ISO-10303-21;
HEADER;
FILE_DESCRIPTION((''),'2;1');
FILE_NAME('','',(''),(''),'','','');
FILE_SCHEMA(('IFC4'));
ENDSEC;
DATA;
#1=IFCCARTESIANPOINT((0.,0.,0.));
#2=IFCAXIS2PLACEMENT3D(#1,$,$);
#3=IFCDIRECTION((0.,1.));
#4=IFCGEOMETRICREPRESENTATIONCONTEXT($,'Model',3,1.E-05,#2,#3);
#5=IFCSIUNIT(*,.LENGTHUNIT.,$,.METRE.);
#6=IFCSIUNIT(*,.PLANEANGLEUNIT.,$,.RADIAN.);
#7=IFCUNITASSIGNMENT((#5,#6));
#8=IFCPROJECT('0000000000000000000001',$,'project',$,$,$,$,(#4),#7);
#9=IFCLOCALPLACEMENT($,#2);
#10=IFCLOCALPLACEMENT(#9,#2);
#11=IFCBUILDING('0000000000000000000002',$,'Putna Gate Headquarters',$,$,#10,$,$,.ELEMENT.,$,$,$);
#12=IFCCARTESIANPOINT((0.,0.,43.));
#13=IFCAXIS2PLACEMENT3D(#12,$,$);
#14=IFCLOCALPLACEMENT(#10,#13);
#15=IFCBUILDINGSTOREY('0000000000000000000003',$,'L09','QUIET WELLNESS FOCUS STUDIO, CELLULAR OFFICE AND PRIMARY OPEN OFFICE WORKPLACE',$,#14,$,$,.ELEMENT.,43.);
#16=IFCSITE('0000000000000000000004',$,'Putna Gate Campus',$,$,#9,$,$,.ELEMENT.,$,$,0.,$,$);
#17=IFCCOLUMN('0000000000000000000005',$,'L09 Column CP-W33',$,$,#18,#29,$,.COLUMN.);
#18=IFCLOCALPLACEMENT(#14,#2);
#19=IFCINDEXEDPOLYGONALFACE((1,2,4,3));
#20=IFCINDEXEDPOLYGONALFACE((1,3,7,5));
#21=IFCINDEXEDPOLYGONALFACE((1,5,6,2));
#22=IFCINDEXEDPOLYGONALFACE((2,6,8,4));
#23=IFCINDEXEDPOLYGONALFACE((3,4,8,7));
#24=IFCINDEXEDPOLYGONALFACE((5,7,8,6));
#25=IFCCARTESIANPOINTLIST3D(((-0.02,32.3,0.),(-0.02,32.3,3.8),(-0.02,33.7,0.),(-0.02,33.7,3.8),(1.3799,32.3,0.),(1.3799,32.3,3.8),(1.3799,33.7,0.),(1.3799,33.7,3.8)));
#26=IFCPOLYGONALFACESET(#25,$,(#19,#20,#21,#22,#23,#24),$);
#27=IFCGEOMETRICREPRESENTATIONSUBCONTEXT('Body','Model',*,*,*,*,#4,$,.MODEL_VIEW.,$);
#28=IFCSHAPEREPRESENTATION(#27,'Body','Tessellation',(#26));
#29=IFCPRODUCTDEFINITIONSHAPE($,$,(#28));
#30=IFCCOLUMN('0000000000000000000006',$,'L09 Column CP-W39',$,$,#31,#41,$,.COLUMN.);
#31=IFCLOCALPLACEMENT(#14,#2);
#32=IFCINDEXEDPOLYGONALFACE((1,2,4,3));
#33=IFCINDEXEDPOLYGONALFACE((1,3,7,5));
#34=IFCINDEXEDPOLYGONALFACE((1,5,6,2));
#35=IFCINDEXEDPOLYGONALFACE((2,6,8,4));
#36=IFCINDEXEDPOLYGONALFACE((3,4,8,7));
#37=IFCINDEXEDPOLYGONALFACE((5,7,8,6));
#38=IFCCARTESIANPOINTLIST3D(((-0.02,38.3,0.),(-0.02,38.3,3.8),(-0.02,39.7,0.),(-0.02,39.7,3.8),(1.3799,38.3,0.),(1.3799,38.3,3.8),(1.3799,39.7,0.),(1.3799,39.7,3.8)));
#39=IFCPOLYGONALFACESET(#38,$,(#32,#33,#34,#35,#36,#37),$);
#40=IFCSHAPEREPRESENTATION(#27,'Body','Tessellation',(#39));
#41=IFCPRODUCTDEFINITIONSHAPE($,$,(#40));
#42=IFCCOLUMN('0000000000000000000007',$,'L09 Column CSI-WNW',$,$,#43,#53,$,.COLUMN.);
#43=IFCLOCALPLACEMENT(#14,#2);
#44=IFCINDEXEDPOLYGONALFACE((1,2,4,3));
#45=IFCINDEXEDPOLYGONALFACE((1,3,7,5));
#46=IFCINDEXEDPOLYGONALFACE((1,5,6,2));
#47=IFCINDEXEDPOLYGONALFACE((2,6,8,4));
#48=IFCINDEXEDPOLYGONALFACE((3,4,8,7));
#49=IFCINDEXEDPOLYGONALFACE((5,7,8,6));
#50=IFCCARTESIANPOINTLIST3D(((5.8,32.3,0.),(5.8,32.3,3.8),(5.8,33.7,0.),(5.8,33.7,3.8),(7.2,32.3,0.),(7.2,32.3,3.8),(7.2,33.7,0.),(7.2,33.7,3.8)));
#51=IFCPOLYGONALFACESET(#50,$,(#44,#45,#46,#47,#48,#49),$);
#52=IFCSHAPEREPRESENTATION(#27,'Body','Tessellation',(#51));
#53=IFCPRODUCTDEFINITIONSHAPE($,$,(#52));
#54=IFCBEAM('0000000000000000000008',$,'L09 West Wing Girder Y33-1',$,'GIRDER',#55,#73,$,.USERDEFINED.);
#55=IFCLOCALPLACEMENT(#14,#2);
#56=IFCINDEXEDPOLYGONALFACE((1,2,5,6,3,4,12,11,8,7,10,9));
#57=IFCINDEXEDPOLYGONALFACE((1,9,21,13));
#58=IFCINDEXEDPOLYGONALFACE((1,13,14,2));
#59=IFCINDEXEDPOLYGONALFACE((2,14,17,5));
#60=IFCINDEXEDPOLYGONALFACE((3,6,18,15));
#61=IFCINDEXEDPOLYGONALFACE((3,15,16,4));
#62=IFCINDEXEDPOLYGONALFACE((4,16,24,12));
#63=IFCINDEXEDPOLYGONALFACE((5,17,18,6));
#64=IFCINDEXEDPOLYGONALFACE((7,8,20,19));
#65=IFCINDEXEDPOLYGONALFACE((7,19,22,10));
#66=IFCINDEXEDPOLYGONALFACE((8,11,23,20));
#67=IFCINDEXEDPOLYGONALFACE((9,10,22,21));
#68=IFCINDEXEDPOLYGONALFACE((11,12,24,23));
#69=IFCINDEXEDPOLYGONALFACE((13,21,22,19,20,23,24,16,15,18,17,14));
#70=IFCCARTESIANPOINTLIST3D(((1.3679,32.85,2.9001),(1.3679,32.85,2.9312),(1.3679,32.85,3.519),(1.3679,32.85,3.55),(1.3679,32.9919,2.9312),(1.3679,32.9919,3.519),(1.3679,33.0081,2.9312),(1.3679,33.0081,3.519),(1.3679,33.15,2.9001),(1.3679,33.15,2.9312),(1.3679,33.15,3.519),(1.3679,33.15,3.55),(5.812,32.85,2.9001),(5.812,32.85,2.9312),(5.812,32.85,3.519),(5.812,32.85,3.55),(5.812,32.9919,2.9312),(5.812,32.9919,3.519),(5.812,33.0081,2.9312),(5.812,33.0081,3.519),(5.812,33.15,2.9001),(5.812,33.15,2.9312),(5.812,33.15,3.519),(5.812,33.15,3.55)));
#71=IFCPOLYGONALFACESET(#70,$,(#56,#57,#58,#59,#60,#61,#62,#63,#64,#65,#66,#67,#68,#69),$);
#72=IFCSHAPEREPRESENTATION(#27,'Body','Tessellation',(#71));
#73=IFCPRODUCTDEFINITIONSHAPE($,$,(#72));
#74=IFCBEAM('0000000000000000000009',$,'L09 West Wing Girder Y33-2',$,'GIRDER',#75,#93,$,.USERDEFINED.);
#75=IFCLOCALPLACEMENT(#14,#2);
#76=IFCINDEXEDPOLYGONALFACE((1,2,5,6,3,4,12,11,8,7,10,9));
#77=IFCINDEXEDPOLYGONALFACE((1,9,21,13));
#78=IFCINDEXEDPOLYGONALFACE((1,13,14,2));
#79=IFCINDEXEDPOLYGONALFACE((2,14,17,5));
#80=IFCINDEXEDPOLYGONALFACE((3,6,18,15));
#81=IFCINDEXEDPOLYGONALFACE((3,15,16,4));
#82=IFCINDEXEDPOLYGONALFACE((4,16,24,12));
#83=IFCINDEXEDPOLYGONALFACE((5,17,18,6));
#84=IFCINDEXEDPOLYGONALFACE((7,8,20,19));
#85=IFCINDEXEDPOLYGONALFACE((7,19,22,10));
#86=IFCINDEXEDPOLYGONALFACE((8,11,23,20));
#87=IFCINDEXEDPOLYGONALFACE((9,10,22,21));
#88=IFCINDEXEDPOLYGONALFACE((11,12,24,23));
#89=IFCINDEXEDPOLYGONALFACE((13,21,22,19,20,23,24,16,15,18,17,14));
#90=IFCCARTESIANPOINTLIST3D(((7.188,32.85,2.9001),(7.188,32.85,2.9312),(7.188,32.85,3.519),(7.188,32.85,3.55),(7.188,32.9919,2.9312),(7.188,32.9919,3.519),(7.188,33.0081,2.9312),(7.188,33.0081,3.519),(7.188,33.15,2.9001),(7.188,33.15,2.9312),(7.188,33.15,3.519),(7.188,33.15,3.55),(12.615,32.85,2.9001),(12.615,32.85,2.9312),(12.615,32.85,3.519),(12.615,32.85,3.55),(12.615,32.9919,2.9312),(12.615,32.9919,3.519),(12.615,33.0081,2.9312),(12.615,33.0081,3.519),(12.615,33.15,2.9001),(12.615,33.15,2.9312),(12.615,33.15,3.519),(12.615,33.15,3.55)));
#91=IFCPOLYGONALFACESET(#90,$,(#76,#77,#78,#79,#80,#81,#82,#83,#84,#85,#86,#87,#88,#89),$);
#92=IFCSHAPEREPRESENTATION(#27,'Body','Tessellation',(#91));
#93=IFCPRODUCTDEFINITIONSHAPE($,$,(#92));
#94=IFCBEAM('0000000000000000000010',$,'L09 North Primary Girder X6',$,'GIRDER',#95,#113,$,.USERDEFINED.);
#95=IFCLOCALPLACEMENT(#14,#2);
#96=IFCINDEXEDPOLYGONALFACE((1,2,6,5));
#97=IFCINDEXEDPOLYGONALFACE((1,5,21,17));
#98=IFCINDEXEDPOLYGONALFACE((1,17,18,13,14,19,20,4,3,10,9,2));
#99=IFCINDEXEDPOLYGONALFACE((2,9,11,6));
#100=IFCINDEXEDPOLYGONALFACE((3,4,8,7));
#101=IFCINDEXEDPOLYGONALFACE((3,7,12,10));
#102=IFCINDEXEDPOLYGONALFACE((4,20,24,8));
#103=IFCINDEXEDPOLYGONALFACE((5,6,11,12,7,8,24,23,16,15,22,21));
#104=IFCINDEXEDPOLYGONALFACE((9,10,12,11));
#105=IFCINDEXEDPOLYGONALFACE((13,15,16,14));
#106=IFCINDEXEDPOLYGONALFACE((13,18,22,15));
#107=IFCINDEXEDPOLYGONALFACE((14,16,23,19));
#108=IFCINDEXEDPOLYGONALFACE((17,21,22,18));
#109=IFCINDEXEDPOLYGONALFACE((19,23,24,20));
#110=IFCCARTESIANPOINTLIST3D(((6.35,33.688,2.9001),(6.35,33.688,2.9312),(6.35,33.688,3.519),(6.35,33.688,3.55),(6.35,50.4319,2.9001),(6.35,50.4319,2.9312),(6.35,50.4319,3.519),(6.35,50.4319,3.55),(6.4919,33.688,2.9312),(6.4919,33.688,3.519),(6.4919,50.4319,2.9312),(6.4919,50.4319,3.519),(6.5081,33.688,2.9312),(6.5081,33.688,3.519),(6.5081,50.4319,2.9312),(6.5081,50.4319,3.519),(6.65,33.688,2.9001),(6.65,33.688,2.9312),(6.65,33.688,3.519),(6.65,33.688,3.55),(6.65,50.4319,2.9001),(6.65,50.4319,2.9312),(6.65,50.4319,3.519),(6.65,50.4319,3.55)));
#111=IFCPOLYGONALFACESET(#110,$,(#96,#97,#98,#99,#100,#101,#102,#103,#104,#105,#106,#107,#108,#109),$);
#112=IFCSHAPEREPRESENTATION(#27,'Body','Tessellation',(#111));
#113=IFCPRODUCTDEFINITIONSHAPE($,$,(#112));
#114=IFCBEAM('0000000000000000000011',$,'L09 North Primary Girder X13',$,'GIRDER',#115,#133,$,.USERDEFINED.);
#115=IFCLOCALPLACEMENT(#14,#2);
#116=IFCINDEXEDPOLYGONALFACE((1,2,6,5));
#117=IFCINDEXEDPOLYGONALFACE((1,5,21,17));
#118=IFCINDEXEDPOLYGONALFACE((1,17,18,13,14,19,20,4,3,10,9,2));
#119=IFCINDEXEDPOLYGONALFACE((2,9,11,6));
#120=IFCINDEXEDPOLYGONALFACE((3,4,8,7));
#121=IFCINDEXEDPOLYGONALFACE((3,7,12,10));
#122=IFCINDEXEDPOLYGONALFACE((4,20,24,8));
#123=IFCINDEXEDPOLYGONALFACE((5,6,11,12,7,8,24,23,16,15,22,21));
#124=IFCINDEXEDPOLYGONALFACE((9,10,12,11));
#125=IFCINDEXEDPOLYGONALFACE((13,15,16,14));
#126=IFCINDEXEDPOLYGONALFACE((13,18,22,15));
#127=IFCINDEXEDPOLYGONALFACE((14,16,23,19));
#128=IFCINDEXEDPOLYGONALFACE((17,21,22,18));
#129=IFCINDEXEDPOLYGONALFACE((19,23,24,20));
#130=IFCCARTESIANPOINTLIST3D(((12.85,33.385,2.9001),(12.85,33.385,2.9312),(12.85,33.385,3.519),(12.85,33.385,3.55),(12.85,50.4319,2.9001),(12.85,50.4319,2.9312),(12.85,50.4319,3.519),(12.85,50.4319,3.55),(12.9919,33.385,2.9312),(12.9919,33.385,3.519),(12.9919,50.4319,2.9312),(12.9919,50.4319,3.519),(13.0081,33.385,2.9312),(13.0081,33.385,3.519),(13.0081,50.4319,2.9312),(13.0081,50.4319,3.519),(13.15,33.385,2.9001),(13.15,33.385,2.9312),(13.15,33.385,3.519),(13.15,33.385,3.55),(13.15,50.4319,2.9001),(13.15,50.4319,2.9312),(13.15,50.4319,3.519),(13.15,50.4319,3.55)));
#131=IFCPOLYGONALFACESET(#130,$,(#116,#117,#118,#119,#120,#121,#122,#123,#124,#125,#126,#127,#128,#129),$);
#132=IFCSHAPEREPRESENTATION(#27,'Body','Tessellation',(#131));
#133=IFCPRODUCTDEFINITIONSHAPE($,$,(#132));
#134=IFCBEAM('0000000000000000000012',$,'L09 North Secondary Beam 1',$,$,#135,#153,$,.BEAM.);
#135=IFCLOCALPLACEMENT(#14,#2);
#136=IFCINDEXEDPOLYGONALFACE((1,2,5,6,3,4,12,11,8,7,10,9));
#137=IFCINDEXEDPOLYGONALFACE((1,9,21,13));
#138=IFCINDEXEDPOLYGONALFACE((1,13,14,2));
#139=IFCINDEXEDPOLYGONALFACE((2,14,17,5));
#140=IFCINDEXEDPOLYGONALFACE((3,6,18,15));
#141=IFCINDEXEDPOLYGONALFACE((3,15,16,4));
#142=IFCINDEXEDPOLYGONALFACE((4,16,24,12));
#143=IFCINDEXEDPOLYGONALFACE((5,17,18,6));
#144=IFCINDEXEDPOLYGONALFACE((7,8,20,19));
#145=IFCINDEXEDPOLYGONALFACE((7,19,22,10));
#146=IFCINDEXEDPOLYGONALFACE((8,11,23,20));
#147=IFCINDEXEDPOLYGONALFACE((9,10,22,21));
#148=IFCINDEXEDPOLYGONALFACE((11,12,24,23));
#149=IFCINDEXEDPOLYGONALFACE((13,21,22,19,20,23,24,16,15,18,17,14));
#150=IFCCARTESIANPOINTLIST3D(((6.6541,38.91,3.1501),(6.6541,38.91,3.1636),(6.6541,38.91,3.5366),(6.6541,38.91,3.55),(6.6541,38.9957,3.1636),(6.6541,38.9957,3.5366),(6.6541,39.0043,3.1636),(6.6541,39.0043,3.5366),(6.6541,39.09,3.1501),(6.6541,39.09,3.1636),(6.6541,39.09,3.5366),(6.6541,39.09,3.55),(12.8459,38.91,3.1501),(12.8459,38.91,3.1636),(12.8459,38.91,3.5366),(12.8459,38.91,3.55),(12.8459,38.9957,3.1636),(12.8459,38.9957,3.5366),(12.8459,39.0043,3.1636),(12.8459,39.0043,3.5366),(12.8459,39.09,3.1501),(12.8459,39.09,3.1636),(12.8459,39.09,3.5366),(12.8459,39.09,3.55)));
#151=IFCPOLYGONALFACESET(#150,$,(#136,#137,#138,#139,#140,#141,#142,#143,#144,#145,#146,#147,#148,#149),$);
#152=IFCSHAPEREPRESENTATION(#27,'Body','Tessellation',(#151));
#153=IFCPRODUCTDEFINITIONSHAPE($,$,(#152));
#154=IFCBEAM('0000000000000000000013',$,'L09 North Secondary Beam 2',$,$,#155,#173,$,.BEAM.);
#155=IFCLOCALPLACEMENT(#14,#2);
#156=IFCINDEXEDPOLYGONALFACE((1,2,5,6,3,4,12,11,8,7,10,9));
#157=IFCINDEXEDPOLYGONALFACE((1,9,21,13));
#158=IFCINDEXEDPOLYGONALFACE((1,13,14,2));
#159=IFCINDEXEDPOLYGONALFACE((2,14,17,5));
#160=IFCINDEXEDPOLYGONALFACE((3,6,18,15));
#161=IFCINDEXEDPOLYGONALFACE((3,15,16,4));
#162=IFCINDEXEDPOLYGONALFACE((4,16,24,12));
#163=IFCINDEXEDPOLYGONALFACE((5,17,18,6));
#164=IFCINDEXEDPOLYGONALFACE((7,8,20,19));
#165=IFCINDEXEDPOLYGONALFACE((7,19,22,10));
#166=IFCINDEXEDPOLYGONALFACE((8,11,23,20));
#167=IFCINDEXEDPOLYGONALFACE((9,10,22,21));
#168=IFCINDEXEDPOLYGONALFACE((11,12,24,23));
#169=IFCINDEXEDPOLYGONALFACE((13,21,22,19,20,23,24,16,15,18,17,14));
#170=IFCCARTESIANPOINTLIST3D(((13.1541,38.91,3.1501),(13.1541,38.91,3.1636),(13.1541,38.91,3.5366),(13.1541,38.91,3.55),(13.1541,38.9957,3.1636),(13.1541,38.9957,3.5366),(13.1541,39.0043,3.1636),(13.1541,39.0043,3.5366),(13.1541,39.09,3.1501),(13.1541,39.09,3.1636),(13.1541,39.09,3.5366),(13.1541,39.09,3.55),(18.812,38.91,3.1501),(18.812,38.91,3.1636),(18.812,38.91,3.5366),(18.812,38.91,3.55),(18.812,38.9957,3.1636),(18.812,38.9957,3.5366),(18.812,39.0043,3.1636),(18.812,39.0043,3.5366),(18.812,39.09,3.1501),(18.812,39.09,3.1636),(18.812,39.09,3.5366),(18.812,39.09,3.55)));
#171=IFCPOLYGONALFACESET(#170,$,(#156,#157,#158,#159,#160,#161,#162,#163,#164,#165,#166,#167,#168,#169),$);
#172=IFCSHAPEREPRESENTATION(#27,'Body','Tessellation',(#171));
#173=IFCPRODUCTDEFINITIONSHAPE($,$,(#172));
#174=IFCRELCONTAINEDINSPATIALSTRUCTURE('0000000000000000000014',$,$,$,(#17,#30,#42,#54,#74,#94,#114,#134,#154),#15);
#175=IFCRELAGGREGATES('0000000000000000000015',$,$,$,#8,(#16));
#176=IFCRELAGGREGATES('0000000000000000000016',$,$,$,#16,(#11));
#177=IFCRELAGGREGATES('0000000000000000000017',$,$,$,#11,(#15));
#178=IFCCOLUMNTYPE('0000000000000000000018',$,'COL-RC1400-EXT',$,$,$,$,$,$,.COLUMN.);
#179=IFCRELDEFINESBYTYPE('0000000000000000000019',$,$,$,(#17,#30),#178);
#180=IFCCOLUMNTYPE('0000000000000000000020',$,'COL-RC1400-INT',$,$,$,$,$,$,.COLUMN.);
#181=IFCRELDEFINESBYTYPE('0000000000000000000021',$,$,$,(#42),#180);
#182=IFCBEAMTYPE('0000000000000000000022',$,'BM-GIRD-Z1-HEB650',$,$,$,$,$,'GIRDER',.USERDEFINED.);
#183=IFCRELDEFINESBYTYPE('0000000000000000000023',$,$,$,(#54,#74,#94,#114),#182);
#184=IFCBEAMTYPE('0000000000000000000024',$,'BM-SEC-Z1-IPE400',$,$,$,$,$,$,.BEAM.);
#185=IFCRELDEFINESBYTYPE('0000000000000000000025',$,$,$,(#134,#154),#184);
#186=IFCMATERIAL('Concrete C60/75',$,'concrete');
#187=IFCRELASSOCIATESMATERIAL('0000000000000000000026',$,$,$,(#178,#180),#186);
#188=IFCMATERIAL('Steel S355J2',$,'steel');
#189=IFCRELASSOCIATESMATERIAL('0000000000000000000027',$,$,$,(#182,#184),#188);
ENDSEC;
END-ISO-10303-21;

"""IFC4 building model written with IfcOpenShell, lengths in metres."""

from ifc_helpers import new_model, si_unit, direction, frame, origin, origin_2d, place, context, subcontext, project, spatial, rectangle, i_section, extrude, material, material_profile, profile_set, type_object, element, save


model = new_model("IFC4")

# Units and contexts
model_context = context("Model", 3, precision=1e-05, world=origin(), true_north=direction((0.0, 1.0)))
body_context = subcontext(model_context, "Body", "Model", "MODEL_VIEW")
ifc_project = project(units=[si_unit("LENGTHUNIT", "METRE"), si_unit("PLANEANGLEUNIT", "RADIAN")], contexts=[model_context])

# Site, building, storey
site_placement = place(None, origin())
site = spatial("IfcSite", under=ifc_project, at=site_placement, Name="Putna Gate Campus", CompositionType="ELEMENT", RefElevation=0.0)
building_placement = place(site_placement, origin())
building = spatial("IfcBuilding", under=site, at=building_placement, Name="Putna Gate Headquarters", CompositionType="ELEMENT")
storey_placement = place(building_placement, frame((0.0, 0.0, 43.0)))
storey = spatial("IfcBuildingStorey", under=building, at=storey_placement, Name="L09", Description="QUIET WELLNESS FOCUS STUDIO, CELLULAR OFFICE AND PRIMARY OPEN OFFICE WORKPLACE", CompositionType="ELEMENT", Elevation=43.0)

# Columns
ifc_material_1 = material(Name="Concrete C60/75", Category="concrete")
ifc_material_profile_1 = material_profile(ifc_material_1, rectangle(XDim=1.3999, YDim=1.3999, at=origin_2d()), Name="Concrete C60/75")
ifc_profile_set_1 = profile_set([ifc_material_profile_1], Name="Concrete C60/75")
column_type_1 = type_object("IfcColumnType", Name="COL-RC1400-EXT", PredefinedType="COLUMN", material=ifc_profile_set_1)
for number, where, z_axis, x_axis, name in (
    (1, (0.6799, 33.0, 0.0), (0.0, 0.0, 1.0), (1.0, 0.0, 0.0), "L09 Column CP-W33"),
    (2, (0.6799, 39.0, 0.0), (0.0, 0.0, 1.0), (1.0, 0.0, 0.0), "L09 Column CP-W39"),
):
    element("IfcColumn", number, at=place(storey_placement, frame(where, z_axis=z_axis, x_axis=x_axis)), inside=storey, type_object=column_type_1, Name=name, PredefinedType="COLUMN", context=body_context, shape_type="SweptSolid", body=[
        extrude(rectangle(XDim=1.3999, YDim=1.3999, at=origin_2d()), origin(), (0.0, 0.0, 1.0), 3.8),
    ])
ifc_material_profile_2 = material_profile(ifc_material_1, rectangle(XDim=1.3999, YDim=1.3999, at=origin_2d()), Name="Concrete C60/75")
ifc_profile_set_2 = profile_set([ifc_material_profile_2], Name="Concrete C60/75")
column_type_2 = type_object("IfcColumnType", Name="COL-RC1400-INT", PredefinedType="COLUMN", material=ifc_profile_set_2)
column_placement = place(storey_placement, frame((6.5, 33.0, 0.0), z_axis=(0.0, 0.0, 1.0), x_axis=(1.0, 0.0, 0.0)))
element("IfcColumn", 3, at=column_placement, inside=storey, type_object=column_type_2, Name="L09 Column CSI-WNW", PredefinedType="COLUMN", context=body_context, shape_type="SweptSolid", body=[
    extrude(rectangle(XDim=1.3999, YDim=1.3999, at=origin_2d()), origin(), (0.0, 0.0, 1.0), 3.8),
])

# Beams
ifc_material_2 = material(Name="Steel S355J2", Category="steel")
ifc_material_profile_3 = material_profile(ifc_material_2, i_section(OverallWidth=0.3, OverallDepth=0.6499, WebThickness=0.0161, FlangeThickness=0.031, at=origin_2d()), Name="Steel S355J2")
ifc_profile_set_3 = profile_set([ifc_material_profile_3], Name="Steel S355J2")
beam_type_1 = type_object("IfcBeamType", Name="BM-GIRD-Z1-HEB650", ElementType="GIRDER", PredefinedType="USERDEFINED", material=ifc_profile_set_3)
beam_1_placement = place(storey_placement, frame((1.3679, 33.0, 3.2251), z_axis=(1.0, 0.0, 0.0), x_axis=(0.0, 1.0, 0.0)))
element("IfcBeam", 4, at=beam_1_placement, inside=storey, type_object=beam_type_1, Name="L09 West Wing Girder Y33-1", ObjectType="GIRDER", PredefinedType="USERDEFINED", context=body_context, shape_type="SweptSolid", body=[
    extrude(i_section(OverallWidth=0.3, OverallDepth=0.6499, WebThickness=0.0161, FlangeThickness=0.031, at=origin_2d()), origin(), (0.0, 0.0, 1.0), 4.4441),
])
beam_2_placement = place(storey_placement, frame((7.188, 33.0, 3.2251), z_axis=(1.0, 0.0, 0.0), x_axis=(0.0, 1.0, 0.0)))
element("IfcBeam", 5, at=beam_2_placement, inside=storey, type_object=beam_type_1, Name="L09 West Wing Girder Y33-2", ObjectType="GIRDER", PredefinedType="USERDEFINED", context=body_context, shape_type="SweptSolid", body=[
    extrude(i_section(OverallWidth=0.3, OverallDepth=0.6499, WebThickness=0.0161, FlangeThickness=0.031, at=origin_2d()), origin(), (0.0, 0.0, 1.0), 5.427),
])
beam_3_placement = place(storey_placement, frame((6.5, 33.688, 3.2251), z_axis=(0.0, 1.0, 0.0), x_axis=(-1.0, 0.0, 0.0)))
element("IfcBeam", 6, at=beam_3_placement, inside=storey, type_object=beam_type_1, Name="L09 North Primary Girder X6", ObjectType="GIRDER", PredefinedType="USERDEFINED", context=body_context, shape_type="SweptSolid", body=[
    extrude(i_section(OverallWidth=0.3, OverallDepth=0.6499, WebThickness=0.0161, FlangeThickness=0.031, at=origin_2d()), origin(), (0.0, 0.0, 1.0), 16.7439),
])
beam_4_placement = place(storey_placement, frame((13.0, 33.385, 3.2251), z_axis=(0.0, 1.0, 0.0), x_axis=(-1.0, 0.0, 0.0)))
element("IfcBeam", 7, at=beam_4_placement, inside=storey, type_object=beam_type_1, Name="L09 North Primary Girder X13", ObjectType="GIRDER", PredefinedType="USERDEFINED", context=body_context, shape_type="SweptSolid", body=[
    extrude(i_section(OverallWidth=0.3, OverallDepth=0.6499, WebThickness=0.0161, FlangeThickness=0.031, at=origin_2d()), origin(), (0.0, 0.0, 1.0), 17.0469),
])
ifc_material_profile_4 = material_profile(ifc_material_2, i_section(OverallWidth=0.1799, OverallDepth=0.3999, WebThickness=0.0085, FlangeThickness=0.0134, at=origin_2d()), Name="Steel S355J2")
ifc_profile_set_4 = profile_set([ifc_material_profile_4], Name="Steel S355J2")
beam_type_2 = type_object("IfcBeamType", Name="BM-SEC-Z1-IPE400", PredefinedType="BEAM", material=ifc_profile_set_4)
beam_5_placement = place(storey_placement, frame((6.6541, 39.0, 3.3501), z_axis=(1.0, 0.0, 0.0), x_axis=(0.0, 1.0, 0.0)))
element("IfcBeam", 8, at=beam_5_placement, inside=storey, type_object=beam_type_2, Name="L09 North Secondary Beam 1", PredefinedType="BEAM", context=body_context, shape_type="SweptSolid", body=[
    extrude(i_section(OverallWidth=0.1799, OverallDepth=0.3999, WebThickness=0.0085, FlangeThickness=0.0134, at=origin_2d()), origin(), (0.0, 0.0, 1.0), 6.1919),
])
beam_6_placement = place(storey_placement, frame((13.1541, 39.0, 3.3501), z_axis=(1.0, 0.0, 0.0), x_axis=(0.0, 1.0, 0.0)))
element("IfcBeam", 9, at=beam_6_placement, inside=storey, type_object=beam_type_2, Name="L09 North Secondary Beam 2", PredefinedType="BEAM", context=body_context, shape_type="SweptSolid", body=[
    extrude(i_section(OverallWidth=0.1799, OverallDepth=0.3999, WebThickness=0.0085, FlangeThickness=0.0134, at=origin_2d()), origin(), (0.0, 0.0, 1.0), 5.658),
])

save(model, "model.ifc")
